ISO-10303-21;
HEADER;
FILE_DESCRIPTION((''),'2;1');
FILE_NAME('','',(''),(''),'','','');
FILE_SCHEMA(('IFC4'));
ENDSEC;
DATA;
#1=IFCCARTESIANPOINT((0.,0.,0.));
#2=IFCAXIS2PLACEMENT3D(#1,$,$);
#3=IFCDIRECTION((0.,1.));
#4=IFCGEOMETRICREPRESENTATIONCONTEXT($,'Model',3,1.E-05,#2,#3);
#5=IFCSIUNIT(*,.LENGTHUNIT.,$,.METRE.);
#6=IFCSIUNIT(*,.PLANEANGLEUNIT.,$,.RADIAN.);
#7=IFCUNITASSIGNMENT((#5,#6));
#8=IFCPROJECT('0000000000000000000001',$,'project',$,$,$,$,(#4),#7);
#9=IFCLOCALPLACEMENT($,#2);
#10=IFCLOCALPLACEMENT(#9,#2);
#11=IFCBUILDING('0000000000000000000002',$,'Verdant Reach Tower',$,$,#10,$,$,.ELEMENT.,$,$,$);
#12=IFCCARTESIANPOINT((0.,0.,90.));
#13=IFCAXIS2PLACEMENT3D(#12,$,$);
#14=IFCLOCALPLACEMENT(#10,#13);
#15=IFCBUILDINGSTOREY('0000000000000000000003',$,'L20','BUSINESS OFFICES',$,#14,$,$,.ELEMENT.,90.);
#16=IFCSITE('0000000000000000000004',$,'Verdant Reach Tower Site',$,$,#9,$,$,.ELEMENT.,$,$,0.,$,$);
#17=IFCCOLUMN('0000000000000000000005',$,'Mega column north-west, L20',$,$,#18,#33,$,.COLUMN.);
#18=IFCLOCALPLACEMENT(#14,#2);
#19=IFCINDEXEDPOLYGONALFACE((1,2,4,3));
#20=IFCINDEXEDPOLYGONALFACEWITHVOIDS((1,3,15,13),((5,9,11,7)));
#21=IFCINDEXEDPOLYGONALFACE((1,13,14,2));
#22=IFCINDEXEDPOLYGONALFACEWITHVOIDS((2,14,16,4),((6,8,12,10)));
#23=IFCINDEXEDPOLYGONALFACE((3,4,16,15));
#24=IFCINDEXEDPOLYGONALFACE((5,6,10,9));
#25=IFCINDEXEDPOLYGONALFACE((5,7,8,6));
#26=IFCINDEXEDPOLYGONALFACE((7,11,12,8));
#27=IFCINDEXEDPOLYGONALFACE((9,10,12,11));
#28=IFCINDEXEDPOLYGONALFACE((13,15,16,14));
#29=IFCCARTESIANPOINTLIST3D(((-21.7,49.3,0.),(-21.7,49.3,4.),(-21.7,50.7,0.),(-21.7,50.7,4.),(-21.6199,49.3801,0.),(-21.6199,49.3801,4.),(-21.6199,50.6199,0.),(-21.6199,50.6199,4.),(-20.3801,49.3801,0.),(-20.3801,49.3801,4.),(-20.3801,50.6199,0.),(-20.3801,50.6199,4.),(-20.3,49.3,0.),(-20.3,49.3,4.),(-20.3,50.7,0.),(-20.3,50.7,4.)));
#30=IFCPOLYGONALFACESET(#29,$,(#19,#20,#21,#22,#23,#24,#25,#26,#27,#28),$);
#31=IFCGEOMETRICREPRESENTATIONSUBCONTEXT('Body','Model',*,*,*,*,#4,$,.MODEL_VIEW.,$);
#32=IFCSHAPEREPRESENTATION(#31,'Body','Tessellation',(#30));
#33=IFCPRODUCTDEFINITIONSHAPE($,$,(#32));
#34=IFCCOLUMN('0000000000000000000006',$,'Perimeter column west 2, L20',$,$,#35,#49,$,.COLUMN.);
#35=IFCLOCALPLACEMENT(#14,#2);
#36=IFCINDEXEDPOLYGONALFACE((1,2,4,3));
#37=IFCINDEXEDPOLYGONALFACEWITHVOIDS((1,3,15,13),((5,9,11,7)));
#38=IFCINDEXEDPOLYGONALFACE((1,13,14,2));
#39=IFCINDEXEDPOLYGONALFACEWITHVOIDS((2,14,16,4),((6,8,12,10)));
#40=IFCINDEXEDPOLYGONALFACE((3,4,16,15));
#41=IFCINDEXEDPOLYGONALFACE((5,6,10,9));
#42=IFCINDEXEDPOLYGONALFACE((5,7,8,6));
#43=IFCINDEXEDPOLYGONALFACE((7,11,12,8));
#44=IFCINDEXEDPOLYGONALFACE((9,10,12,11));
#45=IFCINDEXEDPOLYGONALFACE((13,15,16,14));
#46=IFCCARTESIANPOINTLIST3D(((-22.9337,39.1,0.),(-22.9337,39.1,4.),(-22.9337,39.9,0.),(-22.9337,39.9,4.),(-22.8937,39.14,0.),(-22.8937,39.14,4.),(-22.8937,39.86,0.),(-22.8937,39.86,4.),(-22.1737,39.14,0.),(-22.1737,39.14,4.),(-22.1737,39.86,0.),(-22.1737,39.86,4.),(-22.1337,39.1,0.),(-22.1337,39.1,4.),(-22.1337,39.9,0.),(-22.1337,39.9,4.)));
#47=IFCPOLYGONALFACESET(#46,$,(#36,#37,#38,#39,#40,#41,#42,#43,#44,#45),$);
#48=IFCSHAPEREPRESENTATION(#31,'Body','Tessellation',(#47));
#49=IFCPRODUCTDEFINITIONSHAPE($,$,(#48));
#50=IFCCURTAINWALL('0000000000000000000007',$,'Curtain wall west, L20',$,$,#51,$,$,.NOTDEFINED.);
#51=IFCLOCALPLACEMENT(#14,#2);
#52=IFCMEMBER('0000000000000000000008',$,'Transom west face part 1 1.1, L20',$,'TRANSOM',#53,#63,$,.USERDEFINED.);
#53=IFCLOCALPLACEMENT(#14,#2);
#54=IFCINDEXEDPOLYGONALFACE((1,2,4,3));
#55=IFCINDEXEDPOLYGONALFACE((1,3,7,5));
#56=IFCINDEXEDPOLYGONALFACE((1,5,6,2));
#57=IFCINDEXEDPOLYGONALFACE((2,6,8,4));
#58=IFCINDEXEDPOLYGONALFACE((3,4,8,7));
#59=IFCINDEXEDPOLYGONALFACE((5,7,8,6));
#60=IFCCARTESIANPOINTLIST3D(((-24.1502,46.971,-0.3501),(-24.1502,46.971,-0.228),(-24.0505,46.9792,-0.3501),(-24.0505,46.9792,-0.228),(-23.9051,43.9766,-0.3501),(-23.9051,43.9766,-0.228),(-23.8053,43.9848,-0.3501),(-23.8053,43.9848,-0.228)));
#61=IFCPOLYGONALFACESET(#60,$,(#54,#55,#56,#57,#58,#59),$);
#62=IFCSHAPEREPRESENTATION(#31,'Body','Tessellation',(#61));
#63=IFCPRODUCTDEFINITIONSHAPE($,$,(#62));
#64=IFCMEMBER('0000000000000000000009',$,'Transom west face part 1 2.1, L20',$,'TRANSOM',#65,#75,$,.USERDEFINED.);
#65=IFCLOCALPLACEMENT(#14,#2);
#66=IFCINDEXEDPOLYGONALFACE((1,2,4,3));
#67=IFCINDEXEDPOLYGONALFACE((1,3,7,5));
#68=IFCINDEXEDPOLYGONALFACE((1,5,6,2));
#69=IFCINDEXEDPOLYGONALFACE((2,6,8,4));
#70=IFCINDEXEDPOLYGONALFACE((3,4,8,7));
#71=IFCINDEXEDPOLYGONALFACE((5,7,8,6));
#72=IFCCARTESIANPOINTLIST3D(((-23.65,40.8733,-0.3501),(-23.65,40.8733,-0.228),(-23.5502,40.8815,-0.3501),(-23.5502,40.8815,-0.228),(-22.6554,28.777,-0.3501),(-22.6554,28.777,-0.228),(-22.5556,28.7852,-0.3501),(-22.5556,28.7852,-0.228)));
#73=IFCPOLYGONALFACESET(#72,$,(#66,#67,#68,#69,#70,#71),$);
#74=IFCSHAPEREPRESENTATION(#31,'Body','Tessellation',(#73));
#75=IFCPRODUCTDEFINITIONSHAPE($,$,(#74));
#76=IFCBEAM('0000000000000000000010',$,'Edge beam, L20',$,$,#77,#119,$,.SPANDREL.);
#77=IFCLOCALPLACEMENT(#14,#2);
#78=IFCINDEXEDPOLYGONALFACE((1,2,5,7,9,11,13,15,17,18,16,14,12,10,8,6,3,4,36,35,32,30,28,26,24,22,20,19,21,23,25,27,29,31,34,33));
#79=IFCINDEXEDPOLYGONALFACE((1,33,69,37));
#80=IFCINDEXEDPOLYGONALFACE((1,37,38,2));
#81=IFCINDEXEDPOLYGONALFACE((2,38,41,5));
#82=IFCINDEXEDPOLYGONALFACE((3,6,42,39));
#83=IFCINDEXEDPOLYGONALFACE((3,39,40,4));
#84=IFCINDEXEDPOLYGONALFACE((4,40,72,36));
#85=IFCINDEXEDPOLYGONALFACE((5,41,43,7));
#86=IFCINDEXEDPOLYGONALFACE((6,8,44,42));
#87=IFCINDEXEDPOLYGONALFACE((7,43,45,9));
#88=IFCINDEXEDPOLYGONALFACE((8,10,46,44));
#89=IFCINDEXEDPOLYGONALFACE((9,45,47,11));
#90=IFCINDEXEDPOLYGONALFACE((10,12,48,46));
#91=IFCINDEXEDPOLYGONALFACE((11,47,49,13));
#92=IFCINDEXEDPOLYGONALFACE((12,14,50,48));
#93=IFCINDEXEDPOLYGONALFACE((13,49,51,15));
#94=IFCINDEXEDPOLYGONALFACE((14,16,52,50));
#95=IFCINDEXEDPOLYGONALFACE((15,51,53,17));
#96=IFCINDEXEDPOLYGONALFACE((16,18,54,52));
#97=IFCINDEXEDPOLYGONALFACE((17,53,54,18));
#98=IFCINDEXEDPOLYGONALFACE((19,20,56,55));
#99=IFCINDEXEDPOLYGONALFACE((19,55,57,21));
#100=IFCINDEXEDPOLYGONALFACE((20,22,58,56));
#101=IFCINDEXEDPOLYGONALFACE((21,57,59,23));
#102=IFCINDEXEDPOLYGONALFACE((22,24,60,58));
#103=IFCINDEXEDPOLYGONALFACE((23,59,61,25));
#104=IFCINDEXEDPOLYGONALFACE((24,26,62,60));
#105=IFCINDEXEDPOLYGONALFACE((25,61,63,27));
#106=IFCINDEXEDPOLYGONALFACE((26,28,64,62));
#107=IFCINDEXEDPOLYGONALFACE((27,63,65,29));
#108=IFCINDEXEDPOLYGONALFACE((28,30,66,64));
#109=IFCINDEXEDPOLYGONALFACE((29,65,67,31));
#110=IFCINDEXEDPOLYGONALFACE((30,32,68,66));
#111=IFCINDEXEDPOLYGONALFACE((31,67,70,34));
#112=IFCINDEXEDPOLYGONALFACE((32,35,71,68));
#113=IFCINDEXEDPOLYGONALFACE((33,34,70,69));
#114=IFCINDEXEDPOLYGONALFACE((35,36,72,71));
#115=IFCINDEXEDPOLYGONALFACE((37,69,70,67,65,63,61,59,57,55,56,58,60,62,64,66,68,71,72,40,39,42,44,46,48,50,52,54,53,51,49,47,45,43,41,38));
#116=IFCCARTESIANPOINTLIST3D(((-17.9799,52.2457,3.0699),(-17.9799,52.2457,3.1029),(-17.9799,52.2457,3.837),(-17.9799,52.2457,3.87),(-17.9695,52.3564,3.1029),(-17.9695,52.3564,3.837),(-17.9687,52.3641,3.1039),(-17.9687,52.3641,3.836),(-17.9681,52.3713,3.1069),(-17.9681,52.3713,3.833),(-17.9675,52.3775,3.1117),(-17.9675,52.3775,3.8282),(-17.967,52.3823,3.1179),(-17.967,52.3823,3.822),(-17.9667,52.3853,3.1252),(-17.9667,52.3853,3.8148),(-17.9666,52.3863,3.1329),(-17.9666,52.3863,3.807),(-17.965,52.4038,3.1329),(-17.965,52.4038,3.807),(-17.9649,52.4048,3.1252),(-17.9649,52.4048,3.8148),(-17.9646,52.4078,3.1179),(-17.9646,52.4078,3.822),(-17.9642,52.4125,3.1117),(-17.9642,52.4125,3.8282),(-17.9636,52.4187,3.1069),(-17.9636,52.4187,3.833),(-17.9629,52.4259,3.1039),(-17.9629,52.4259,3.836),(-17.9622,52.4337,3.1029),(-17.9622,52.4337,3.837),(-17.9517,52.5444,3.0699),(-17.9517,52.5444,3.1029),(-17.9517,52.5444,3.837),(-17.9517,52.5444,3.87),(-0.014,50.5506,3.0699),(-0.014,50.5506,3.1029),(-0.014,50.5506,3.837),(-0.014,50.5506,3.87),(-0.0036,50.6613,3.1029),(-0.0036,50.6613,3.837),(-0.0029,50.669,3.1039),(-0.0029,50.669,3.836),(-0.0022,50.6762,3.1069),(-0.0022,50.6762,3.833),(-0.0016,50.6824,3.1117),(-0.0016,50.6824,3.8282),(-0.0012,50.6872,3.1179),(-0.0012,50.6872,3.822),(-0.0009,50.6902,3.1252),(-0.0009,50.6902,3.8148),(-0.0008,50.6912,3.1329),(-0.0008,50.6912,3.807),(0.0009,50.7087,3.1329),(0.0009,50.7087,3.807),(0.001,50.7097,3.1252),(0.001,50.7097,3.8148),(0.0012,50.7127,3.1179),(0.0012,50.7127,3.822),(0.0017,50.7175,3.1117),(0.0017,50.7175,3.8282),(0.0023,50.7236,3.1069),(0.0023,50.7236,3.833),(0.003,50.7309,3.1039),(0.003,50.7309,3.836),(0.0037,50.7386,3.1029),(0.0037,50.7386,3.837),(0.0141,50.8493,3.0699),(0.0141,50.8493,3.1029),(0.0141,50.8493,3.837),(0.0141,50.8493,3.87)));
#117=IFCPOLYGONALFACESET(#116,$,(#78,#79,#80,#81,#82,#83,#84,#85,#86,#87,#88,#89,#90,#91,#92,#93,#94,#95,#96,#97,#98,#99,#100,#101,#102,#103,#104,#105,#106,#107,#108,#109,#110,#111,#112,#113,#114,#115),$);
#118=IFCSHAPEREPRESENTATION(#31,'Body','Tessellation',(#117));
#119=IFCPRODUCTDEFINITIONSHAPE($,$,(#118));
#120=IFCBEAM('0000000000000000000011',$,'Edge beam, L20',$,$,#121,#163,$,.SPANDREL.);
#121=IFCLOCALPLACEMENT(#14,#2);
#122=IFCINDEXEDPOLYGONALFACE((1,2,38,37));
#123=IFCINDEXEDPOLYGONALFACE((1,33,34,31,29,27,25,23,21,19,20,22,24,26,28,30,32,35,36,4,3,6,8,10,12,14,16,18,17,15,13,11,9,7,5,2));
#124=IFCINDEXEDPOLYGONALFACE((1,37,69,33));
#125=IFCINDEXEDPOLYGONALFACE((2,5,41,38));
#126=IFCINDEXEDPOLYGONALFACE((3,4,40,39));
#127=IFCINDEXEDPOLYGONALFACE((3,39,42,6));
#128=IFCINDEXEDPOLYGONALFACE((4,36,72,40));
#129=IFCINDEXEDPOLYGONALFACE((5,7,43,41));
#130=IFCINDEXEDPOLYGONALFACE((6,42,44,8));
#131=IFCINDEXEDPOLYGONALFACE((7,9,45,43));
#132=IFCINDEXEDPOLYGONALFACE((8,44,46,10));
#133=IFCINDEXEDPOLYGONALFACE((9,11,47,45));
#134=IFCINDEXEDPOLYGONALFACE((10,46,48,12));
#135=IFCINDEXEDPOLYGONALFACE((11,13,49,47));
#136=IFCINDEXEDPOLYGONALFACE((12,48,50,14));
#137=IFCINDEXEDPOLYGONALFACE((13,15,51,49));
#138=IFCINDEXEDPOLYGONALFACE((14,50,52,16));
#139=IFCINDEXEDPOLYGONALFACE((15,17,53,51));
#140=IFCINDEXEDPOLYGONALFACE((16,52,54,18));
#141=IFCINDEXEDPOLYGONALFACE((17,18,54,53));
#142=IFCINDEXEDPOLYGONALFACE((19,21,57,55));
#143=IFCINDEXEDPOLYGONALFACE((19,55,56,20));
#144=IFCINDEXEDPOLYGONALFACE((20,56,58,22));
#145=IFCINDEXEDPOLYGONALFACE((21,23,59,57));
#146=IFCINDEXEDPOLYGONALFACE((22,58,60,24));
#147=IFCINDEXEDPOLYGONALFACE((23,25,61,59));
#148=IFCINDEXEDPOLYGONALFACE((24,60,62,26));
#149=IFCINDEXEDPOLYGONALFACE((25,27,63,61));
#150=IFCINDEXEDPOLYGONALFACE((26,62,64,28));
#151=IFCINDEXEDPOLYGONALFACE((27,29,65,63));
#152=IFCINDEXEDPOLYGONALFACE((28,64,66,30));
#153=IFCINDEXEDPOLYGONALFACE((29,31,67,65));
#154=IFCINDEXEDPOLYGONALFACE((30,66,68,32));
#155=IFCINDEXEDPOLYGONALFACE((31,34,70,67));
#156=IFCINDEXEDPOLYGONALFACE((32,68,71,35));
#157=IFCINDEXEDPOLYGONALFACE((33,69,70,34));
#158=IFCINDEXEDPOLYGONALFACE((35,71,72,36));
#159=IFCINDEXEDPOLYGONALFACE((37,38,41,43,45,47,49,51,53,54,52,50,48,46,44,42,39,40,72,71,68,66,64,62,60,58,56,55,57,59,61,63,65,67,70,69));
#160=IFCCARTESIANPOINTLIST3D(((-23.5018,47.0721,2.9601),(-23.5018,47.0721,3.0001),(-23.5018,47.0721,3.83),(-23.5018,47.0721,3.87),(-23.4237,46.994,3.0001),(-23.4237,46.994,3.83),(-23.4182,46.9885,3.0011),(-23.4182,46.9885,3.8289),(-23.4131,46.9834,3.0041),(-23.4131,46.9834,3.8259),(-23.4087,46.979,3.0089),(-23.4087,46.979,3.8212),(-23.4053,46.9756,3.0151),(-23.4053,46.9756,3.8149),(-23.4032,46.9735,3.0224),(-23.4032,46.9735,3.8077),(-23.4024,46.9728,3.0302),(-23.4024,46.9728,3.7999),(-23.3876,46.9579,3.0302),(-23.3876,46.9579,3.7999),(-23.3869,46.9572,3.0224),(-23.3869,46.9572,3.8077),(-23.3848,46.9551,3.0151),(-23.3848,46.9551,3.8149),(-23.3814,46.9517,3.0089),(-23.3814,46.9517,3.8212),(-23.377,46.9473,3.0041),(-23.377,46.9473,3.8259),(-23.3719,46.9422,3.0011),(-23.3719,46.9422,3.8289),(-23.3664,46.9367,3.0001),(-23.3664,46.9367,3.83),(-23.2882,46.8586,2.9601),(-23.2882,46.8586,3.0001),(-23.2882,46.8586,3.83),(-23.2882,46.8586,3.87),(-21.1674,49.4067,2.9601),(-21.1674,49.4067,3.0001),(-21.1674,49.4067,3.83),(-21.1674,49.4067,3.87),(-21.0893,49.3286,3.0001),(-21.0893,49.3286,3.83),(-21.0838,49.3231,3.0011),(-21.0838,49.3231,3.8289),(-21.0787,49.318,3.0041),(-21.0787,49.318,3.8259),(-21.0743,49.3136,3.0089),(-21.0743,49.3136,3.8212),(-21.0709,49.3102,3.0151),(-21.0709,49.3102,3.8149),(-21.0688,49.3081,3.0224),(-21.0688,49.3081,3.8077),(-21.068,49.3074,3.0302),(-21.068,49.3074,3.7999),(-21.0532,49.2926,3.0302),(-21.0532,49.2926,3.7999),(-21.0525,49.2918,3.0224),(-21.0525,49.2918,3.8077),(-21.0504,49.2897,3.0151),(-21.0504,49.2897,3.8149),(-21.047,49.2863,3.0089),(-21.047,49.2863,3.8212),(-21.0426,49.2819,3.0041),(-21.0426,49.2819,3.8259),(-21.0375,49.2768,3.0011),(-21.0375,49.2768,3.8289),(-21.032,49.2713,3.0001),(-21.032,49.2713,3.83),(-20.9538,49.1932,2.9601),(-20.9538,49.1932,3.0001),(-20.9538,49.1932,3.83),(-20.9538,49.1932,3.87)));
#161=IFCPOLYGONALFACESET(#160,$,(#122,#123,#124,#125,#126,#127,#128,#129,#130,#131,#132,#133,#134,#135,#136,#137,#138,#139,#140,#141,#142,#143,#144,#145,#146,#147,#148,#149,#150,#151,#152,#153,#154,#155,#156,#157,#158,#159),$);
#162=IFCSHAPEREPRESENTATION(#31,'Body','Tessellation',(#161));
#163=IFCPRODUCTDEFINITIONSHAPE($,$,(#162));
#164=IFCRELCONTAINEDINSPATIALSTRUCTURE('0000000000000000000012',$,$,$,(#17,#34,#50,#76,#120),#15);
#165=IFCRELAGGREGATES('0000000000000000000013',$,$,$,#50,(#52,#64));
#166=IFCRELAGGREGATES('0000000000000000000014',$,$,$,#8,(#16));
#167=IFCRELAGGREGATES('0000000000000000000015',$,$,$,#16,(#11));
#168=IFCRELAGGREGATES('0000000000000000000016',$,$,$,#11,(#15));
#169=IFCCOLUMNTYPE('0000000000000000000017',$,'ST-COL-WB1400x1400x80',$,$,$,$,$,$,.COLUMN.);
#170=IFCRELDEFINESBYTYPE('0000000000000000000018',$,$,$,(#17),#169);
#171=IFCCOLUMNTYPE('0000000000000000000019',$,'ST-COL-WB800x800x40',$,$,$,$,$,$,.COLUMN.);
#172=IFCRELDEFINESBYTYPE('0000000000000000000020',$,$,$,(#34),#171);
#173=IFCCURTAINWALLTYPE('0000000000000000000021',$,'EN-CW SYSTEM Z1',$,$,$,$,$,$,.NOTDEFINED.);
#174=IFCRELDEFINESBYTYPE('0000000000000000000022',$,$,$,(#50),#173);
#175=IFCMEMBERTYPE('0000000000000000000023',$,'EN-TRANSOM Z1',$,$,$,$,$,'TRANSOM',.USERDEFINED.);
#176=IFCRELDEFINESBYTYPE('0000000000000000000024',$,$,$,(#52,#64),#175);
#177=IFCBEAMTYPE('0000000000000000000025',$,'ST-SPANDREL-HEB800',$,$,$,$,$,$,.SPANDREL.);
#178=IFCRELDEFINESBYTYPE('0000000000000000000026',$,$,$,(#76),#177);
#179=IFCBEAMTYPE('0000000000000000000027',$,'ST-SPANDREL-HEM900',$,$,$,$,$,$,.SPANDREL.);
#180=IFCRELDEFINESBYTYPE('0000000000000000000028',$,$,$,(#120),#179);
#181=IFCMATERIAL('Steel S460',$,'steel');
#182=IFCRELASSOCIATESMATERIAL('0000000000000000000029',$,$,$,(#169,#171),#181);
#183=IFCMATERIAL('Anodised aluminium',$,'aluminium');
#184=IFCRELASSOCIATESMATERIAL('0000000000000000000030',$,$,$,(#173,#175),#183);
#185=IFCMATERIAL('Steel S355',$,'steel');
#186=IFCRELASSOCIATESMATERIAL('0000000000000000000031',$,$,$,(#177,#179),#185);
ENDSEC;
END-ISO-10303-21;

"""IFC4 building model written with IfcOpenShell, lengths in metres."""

from ifc_helpers import new_model, si_unit, direction, frame, origin, origin_2d, place, context, subcontext, project, spatial, rectangle, hollow_rectangle, i_section, extrude, material, material_profile, profile_set, type_object, element, aggregate, save


model = new_model("IFC4")

# Units and contexts
model_context = context("Model", 3, precision=1e-05, world=origin(), true_north=direction((0.0, 1.0)))
body_context = subcontext(model_context, "Body", "Model", "MODEL_VIEW")
ifc_project = project(units=[si_unit("LENGTHUNIT", "METRE"), si_unit("PLANEANGLEUNIT", "RADIAN")], contexts=[model_context])

# Site, building, storey
site_placement = place(None, origin())
site = spatial("IfcSite", under=ifc_project, at=site_placement, Name="Verdant Reach Tower Site", CompositionType="ELEMENT", RefElevation=0.0)
building_placement = place(site_placement, origin())
building = spatial("IfcBuilding", under=site, at=building_placement, Name="Verdant Reach Tower", CompositionType="ELEMENT")
storey_placement = place(building_placement, frame((0.0, 0.0, 90.0)))
storey = spatial("IfcBuildingStorey", under=building, at=storey_placement, Name="L20", Description="BUSINESS OFFICES", CompositionType="ELEMENT", Elevation=90.0)

# Columns
ifc_material_1 = material(Name="Steel S460", Category="steel")
ifc_material_profile_1 = material_profile(ifc_material_1, hollow_rectangle(XDim=1.3999, YDim=1.3999, WallThickness=0.0801, at=origin_2d()), Name="WB 1400x1400x80")
ifc_profile_set_1 = profile_set([ifc_material_profile_1], Name="Steel S460")
column_type_1 = type_object("IfcColumnType", Name="ST-COL-WB1400x1400x80", PredefinedType="COLUMN", material=ifc_profile_set_1)
column_1_placement = place(storey_placement, frame((-21.0, 50.0, 0.0), z_axis=(0.0, 0.0, 1.0), x_axis=(1.0, 0.0, 0.0)))
element("IfcColumn", 1, at=column_1_placement, inside=storey, type_object=column_type_1, Name="Mega column north-west, L20", PredefinedType="COLUMN", context=body_context, shape_type="SweptSolid", body=[
    extrude(hollow_rectangle(XDim=1.3999, YDim=1.3999, WallThickness=0.0801, at=origin_2d()), origin(), (0.0, 0.0, 1.0), 4.0),
])
ifc_material_profile_2 = material_profile(ifc_material_1, hollow_rectangle(XDim=0.8, YDim=0.8, WallThickness=0.04, at=origin_2d()), Name="WB 800x800x40")
ifc_profile_set_2 = profile_set([ifc_material_profile_2], Name="Steel S460")
column_type_2 = type_object("IfcColumnType", Name="ST-COL-WB800x800x40", PredefinedType="COLUMN", material=ifc_profile_set_2)
column_2_placement = place(storey_placement, frame((-22.5337, 39.5, 0.0), z_axis=(0.0, 0.0, 1.0), x_axis=(1.0, 0.0, 0.0)))
element("IfcColumn", 2, at=column_2_placement, inside=storey, type_object=column_type_2, Name="Perimeter column west 2, L20", PredefinedType="COLUMN", context=body_context, shape_type="SweptSolid", body=[
    extrude(hollow_rectangle(XDim=0.8, YDim=0.8, WallThickness=0.04, at=origin_2d()), origin(), (0.0, 0.0, 1.0), 4.0),
])

# Curtain wall, members
ifc_material_2 = material(Name="Anodised aluminium", Category="aluminium")
curtain_wall_type = type_object("IfcCurtainWallType", Name="EN-CW SYSTEM Z1", PredefinedType="NOTDEFINED", material=ifc_material_2)
curtain_wall_1_placement = place(storey_placement, origin())
curtain_wall_1 = element("IfcCurtainWall", 3, at=curtain_wall_1_placement, inside=storey, type_object=curtain_wall_type, Name="Curtain wall west, L20", PredefinedType="NOTDEFINED")
ifc_material_profile_3 = material_profile(ifc_material_2, rectangle(XDim=0.1001, YDim=0.1221, at=origin_2d()), Name="Transom 122x100")
ifc_profile_set_3 = profile_set([ifc_material_profile_3], Name="Anodised aluminium")
member_type = type_object("IfcMemberType", Name="EN-TRANSOM Z1", ElementType="TRANSOM", PredefinedType="USERDEFINED", material=ifc_profile_set_3)
member_1_placement = place(storey_placement, frame((-24.1003, 46.9751, -0.2891), z_axis=(0.081586, -0.996666, 0.0), x_axis=(0.996666, 0.081586, 0.0)))
member_1 = element("IfcMember", 4, at=member_1_placement, type_object=member_type, Name="Transom west face part 1 1.1, L20", ObjectType="TRANSOM", PredefinedType="USERDEFINED", context=body_context, shape_type="SweptSolid", body=[
    extrude(rectangle(XDim=0.1001, YDim=0.1221, at=origin_2d()), origin(), (0.0, 0.0, 1.0), 3.0044),
])
member_2_placement = place(storey_placement, frame((-23.6001, 40.8774, -0.2891), z_axis=(0.081948, -0.996637, 0.0), x_axis=(0.996637, 0.081948, 0.0)))
member_2 = element("IfcMember", 5, at=member_2_placement, type_object=member_type, Name="Transom west face part 1 2.1, L20", ObjectType="TRANSOM", PredefinedType="USERDEFINED", context=body_context, shape_type="SweptSolid", body=[
    extrude(rectangle(XDim=0.1001, YDim=0.1221, at=origin_2d()), origin(), (0.0, 0.0, 1.0), 12.1372),
])

# Beams
ifc_material_3 = material(Name="Steel S355", Category="steel")
ifc_material_profile_4 = material_profile(ifc_material_3, i_section(OverallWidth=0.3, OverallDepth=0.8, WebThickness=0.0176, FlangeThickness=0.033, FilletRadius=0.03, at=origin_2d()), Name="HEB 800")
ifc_profile_set_4 = profile_set([ifc_material_profile_4], Name="Steel S355")
beam_type_1 = type_object("IfcBeamType", Name="ST-SPANDREL-HEB800", PredefinedType="SPANDREL", material=ifc_profile_set_4)
beam_1_placement = place(storey_placement, frame((-17.9658, 52.395, 3.47), z_axis=(0.995579, -0.093932, 0.0), x_axis=(0.093932, 0.995579, 0.0)))
element("IfcBeam", 6, at=beam_1_placement, inside=storey, type_object=beam_type_1, Name="Edge beam, L20", PredefinedType="SPANDREL", context=body_context, shape_type="SweptSolid", body=[
    extrude(i_section(OverallWidth=0.3, OverallDepth=0.8, WebThickness=0.0176, FlangeThickness=0.033, FilletRadius=0.03, at=origin_2d()), origin(), (0.0, 0.0, 1.0), 18.0457),
])
ifc_material_profile_5 = material_profile(ifc_material_3, i_section(OverallWidth=0.302, OverallDepth=0.9099, WebThickness=0.021, FlangeThickness=0.04, FilletRadius=0.03, at=origin_2d()), Name="HEM 900")
ifc_profile_set_5 = profile_set([ifc_material_profile_5], Name="Steel S355")
beam_type_2 = type_object("IfcBeamType", Name="ST-SPANDREL-HEM900", PredefinedType="SPANDREL", material=ifc_profile_set_5)
beam_2_placement = place(storey_placement, frame((-23.395, 46.9653, 3.415), z_axis=(0.70707, 0.707144, 0.0), x_axis=(-0.707144, 0.70707, 0.0)))
element("IfcBeam", 7, at=beam_2_placement, inside=storey, type_object=beam_type_2, Name="Edge beam, L20", PredefinedType="SPANDREL", context=body_context, shape_type="SweptSolid", body=[
    extrude(i_section(OverallWidth=0.302, OverallDepth=0.9099, WebThickness=0.021, FlangeThickness=0.04, FilletRadius=0.03, at=origin_2d()), origin(), (0.0, 0.0, 1.0), 3.3015),
])

aggregate(curtain_wall_1, [member_1, member_2])

save(model, "model.ifc")
